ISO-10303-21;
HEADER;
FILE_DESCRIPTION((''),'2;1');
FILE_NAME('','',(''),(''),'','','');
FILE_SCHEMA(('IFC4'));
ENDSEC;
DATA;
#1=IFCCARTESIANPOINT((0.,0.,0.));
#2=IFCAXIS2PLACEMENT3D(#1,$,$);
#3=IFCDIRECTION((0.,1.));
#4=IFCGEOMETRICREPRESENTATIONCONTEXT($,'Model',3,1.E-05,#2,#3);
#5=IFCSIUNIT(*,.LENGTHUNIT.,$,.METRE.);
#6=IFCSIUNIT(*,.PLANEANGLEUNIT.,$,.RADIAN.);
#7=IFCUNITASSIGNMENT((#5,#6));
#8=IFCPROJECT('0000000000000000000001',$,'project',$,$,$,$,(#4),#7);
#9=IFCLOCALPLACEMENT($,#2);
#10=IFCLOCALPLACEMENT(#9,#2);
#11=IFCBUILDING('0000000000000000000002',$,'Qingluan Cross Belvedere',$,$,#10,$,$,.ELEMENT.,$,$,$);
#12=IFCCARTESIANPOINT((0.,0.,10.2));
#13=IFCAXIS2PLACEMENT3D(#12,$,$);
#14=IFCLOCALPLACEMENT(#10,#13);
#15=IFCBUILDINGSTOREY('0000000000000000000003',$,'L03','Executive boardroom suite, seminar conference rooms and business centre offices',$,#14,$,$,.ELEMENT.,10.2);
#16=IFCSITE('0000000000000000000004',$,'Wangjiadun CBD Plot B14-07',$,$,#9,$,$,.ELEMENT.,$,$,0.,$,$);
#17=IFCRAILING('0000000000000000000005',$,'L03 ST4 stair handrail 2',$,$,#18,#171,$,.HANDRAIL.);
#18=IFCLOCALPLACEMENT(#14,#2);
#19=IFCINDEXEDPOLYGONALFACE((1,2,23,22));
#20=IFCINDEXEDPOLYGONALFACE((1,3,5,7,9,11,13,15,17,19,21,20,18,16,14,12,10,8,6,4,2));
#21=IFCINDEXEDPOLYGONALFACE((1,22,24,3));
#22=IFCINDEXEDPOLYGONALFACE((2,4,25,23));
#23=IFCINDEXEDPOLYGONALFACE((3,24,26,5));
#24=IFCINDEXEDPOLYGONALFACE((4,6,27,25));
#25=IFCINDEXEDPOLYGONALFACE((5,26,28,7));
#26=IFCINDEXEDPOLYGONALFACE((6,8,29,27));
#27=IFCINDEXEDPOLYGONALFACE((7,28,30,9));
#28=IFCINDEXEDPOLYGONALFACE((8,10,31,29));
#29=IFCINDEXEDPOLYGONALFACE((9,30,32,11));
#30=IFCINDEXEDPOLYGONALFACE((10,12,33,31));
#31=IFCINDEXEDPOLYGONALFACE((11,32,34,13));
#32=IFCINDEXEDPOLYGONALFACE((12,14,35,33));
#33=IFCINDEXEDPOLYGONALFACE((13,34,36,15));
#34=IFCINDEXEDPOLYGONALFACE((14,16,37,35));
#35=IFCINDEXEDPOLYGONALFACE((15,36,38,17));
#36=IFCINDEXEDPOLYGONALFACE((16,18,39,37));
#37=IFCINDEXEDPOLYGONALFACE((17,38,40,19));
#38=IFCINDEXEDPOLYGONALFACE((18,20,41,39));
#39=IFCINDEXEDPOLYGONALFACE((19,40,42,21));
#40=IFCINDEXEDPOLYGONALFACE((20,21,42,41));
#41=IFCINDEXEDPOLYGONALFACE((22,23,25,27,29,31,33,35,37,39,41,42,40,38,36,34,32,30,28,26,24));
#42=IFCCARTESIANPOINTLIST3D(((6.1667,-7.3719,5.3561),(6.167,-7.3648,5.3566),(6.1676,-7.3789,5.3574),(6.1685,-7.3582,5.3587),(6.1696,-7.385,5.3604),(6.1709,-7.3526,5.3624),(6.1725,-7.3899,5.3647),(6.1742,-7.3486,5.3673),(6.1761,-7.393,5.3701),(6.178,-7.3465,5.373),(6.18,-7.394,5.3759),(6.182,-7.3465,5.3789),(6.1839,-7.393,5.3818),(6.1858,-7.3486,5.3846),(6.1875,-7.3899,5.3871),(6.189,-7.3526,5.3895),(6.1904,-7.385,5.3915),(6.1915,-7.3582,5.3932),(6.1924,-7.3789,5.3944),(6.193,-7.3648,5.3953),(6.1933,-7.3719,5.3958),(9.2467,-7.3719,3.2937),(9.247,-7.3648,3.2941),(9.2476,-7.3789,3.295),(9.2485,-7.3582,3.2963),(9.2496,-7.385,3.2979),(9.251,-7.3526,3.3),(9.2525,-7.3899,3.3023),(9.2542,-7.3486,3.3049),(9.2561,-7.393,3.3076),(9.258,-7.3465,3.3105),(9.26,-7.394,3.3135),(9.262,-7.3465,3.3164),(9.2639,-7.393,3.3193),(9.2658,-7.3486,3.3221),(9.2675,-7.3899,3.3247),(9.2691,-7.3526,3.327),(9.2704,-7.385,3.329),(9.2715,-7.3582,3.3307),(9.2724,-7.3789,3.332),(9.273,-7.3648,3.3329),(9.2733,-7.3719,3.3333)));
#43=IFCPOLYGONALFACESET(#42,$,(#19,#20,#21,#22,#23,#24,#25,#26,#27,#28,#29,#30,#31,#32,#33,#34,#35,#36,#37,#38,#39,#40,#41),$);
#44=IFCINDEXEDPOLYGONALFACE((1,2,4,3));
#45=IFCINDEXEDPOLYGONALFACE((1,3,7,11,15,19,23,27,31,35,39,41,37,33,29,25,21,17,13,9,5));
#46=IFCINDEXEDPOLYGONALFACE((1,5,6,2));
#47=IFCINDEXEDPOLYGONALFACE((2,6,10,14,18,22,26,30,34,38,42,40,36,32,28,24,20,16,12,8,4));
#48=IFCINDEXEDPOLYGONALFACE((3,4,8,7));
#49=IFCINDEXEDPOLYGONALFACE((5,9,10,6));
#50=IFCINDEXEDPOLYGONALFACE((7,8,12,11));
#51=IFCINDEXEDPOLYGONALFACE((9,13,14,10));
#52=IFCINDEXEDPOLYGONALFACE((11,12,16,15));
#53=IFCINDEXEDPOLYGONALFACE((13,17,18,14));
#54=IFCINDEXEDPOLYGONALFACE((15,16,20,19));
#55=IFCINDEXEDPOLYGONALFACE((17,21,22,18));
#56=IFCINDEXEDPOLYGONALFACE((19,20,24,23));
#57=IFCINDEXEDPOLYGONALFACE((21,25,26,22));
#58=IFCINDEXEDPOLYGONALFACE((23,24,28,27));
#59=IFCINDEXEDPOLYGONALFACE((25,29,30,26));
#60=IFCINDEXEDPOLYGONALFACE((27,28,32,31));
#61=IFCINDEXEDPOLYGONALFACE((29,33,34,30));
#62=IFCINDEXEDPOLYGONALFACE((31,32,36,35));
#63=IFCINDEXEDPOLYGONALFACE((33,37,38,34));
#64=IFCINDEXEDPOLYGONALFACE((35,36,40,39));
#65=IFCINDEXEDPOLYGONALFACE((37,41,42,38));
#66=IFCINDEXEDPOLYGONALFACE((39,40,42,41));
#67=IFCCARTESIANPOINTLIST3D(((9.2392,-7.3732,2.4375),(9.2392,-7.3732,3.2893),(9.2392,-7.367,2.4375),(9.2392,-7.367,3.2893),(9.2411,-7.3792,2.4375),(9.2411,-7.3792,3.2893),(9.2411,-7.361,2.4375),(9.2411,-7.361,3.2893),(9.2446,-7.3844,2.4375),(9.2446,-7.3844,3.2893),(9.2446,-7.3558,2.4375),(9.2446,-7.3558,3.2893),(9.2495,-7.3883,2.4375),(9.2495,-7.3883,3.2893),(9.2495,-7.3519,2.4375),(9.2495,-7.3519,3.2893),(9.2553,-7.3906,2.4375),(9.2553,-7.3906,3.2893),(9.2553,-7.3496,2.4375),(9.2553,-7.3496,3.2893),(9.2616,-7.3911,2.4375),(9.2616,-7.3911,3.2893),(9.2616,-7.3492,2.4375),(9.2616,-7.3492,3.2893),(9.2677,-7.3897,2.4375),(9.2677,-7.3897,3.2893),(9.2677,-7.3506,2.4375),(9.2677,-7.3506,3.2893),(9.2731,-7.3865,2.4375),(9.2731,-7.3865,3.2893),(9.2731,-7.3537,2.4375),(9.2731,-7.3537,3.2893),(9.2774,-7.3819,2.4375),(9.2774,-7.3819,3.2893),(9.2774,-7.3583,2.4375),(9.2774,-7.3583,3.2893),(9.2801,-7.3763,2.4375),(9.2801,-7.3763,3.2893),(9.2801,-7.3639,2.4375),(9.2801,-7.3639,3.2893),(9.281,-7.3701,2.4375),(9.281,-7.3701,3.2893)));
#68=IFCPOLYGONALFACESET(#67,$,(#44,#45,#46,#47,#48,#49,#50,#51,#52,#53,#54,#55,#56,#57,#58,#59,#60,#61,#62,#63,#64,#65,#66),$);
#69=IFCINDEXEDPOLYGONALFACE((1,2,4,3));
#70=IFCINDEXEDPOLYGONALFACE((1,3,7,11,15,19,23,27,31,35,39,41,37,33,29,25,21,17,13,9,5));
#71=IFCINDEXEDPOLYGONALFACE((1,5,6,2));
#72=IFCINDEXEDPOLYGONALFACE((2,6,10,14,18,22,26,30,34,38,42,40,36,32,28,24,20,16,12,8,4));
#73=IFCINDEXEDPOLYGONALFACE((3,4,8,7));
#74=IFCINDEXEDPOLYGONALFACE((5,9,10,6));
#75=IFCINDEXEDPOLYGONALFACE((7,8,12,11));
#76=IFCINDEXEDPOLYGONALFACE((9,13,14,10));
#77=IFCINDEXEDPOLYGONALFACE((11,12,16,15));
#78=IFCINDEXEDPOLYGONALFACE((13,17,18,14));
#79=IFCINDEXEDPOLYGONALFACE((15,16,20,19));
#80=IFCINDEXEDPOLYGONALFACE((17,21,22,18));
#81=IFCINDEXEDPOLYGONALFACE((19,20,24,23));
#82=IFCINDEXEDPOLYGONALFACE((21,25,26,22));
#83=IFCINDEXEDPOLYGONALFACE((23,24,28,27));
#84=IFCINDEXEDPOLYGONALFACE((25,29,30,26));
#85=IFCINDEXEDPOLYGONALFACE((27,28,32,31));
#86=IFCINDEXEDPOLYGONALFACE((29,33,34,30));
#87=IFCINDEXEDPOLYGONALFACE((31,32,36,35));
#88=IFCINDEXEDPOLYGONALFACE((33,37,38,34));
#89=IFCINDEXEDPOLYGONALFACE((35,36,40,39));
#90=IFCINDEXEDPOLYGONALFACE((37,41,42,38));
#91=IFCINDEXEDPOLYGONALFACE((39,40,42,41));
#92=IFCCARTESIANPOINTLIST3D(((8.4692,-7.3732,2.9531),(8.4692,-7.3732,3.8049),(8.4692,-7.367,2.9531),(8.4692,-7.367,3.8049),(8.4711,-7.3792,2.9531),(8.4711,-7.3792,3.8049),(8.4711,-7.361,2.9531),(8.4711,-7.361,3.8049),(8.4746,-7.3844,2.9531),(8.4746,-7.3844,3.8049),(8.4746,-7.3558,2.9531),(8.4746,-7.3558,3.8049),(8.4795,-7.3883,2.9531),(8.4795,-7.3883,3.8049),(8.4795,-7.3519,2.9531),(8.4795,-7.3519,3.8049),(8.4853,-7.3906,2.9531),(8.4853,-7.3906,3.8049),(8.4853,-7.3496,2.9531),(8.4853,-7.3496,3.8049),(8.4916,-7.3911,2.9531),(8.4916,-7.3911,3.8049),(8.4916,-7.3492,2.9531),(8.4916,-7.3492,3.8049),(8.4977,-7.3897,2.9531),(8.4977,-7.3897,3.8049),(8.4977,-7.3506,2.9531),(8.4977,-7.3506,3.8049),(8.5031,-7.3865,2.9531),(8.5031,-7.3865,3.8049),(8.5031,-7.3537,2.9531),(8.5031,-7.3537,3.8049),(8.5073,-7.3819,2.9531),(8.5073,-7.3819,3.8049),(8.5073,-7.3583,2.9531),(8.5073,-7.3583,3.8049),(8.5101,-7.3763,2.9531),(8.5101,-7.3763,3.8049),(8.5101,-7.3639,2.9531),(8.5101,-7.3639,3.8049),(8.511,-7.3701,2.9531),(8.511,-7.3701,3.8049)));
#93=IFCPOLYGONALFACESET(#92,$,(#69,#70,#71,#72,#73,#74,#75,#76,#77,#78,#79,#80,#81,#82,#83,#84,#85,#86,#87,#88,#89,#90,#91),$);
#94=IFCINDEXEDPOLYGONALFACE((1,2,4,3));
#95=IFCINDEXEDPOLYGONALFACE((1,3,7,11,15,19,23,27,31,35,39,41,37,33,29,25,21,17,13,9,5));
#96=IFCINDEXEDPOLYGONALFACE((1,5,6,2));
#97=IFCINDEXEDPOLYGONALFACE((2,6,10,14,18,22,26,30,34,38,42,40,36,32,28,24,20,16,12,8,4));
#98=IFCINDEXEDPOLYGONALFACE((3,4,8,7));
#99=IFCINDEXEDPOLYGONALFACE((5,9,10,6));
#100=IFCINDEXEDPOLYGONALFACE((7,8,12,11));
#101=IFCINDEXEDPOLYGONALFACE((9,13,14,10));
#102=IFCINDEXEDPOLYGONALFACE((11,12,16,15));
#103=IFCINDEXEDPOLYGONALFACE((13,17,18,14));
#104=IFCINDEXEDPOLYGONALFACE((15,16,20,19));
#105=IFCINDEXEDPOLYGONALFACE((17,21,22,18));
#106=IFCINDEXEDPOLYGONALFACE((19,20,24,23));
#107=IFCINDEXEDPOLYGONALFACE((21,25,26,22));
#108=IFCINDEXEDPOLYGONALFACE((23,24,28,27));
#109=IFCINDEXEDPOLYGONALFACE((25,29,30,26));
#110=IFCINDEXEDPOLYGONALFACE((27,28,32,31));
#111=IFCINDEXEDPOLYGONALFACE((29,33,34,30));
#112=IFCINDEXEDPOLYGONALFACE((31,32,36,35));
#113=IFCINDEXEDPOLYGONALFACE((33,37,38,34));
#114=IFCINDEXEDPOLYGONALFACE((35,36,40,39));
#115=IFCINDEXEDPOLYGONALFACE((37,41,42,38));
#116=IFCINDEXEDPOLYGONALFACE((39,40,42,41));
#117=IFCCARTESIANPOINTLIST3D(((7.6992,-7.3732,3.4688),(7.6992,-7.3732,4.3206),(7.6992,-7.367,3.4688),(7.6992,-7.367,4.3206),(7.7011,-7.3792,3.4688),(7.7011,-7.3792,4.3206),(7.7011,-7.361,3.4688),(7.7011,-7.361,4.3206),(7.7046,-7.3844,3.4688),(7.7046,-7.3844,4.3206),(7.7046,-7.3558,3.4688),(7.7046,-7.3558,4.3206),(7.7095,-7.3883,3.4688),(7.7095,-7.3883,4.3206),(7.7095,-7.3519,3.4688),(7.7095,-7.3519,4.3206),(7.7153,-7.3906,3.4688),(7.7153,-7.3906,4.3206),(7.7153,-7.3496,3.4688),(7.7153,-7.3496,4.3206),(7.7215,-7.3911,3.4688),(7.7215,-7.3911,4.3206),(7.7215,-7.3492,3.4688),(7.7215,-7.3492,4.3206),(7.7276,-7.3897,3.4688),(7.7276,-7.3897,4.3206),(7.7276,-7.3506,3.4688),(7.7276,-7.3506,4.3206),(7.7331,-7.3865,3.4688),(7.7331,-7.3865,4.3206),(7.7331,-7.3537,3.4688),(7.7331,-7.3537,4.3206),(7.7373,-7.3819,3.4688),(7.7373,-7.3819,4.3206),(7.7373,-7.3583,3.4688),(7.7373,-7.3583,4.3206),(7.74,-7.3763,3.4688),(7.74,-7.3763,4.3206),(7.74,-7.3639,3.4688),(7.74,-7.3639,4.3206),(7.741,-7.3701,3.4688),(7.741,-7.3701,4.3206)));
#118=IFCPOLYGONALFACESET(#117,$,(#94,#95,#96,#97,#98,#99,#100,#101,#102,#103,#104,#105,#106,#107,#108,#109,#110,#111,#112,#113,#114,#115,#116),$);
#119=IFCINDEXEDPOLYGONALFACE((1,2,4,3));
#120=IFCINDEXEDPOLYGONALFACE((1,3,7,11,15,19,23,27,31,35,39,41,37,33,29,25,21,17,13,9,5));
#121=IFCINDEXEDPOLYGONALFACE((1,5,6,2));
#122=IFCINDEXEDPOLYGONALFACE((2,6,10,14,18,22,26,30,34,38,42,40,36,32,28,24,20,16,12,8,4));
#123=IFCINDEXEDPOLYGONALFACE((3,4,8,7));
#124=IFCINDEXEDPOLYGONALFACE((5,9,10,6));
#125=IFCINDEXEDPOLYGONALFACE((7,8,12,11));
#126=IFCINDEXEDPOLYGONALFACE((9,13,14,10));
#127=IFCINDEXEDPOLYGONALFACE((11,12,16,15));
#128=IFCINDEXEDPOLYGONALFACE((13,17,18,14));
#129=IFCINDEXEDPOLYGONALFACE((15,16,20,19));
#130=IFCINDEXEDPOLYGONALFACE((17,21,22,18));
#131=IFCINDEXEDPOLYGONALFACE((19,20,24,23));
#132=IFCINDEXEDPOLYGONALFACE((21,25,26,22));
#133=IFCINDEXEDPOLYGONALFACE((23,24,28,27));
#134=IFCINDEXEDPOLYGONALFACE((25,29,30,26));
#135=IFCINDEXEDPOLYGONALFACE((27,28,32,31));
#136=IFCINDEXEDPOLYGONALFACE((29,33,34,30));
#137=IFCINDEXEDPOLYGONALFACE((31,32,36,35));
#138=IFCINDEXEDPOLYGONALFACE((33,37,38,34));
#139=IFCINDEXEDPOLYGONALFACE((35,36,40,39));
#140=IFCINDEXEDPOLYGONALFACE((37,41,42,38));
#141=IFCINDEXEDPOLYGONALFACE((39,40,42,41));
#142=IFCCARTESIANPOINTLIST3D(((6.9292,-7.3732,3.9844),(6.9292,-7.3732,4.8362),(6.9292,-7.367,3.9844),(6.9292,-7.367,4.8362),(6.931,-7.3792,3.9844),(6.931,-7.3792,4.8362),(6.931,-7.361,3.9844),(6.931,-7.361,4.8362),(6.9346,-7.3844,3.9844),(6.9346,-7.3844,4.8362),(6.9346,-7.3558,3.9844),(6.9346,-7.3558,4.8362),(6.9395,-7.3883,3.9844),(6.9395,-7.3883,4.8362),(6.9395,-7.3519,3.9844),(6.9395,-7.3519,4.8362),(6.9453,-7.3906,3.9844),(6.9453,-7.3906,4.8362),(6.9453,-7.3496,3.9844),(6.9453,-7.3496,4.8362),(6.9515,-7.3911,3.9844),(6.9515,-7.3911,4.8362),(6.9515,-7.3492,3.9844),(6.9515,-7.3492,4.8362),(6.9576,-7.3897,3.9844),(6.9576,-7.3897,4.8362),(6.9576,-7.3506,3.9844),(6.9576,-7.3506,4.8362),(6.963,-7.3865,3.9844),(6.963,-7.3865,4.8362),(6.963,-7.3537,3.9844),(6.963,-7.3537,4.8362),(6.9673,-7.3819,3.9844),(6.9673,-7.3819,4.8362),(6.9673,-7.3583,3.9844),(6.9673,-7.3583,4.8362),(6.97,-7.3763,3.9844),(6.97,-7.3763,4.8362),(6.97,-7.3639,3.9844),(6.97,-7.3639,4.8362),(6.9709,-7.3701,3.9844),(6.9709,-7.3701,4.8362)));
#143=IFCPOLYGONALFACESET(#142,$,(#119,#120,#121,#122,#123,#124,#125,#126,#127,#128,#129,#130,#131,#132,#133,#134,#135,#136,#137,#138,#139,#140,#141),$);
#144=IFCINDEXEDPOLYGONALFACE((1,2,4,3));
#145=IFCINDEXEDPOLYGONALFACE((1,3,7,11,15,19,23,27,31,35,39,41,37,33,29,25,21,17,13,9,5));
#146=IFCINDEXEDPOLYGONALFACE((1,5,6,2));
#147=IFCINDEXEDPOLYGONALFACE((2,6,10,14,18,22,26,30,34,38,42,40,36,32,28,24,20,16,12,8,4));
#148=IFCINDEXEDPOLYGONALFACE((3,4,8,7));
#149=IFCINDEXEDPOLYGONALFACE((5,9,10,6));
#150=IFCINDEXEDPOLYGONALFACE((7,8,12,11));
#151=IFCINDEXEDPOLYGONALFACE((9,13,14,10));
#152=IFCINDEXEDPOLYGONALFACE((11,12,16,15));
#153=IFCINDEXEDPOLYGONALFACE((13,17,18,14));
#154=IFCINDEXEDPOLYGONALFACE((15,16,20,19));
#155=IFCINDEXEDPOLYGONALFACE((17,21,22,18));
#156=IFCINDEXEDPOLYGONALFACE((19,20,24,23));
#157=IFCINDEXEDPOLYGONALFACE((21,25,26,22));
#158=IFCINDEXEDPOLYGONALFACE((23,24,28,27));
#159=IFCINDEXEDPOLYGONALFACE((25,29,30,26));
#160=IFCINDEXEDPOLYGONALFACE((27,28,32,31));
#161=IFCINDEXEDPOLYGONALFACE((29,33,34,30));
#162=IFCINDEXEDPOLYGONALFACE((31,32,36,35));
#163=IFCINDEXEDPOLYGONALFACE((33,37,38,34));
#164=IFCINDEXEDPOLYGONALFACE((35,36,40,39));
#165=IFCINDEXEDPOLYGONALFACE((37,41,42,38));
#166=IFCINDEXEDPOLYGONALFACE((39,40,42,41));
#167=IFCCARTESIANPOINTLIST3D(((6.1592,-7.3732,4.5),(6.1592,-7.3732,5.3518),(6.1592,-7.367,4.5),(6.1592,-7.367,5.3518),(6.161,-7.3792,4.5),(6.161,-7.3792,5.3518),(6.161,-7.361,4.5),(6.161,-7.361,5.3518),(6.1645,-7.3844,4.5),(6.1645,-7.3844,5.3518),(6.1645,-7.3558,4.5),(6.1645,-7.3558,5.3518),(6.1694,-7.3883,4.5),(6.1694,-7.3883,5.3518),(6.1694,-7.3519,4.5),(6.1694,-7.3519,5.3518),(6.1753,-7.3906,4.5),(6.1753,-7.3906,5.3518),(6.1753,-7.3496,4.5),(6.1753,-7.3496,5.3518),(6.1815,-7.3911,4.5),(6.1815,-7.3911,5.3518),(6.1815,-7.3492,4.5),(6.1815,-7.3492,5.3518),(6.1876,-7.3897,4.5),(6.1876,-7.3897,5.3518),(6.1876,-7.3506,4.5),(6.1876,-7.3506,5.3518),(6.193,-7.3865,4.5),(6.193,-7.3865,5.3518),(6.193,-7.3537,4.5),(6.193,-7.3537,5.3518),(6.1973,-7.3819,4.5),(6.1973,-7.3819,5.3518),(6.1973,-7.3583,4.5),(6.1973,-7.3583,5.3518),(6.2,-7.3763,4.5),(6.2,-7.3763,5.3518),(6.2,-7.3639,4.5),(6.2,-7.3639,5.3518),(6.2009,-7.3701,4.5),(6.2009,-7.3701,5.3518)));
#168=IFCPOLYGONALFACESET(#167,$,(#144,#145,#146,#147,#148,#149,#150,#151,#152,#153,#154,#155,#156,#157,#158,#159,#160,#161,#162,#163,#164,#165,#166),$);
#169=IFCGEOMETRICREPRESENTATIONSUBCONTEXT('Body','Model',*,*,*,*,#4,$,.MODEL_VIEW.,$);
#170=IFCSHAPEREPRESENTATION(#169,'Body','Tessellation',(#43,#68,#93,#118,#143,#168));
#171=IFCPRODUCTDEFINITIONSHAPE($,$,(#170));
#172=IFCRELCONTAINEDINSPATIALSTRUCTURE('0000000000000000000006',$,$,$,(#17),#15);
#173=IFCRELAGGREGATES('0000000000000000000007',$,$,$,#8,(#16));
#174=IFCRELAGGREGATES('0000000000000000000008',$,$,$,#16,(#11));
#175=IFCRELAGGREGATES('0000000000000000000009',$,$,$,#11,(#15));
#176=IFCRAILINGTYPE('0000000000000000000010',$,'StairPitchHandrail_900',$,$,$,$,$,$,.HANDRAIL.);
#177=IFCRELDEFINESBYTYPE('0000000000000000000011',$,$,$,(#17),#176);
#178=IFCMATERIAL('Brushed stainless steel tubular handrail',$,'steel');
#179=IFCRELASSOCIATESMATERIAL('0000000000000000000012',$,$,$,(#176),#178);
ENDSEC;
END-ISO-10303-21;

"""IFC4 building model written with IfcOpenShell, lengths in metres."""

from ifc_helpers import new_model, si_unit, direction, frame, origin, origin_2d, place, context, subcontext, project, spatial, circle, extrude, material, type_object, element, save


model = new_model("IFC4")

# Units and contexts
model_context = context("Model", 3, precision=1e-05, world=origin(), true_north=direction((0.0, 1.0)))
body_context = subcontext(model_context, "Body", "Model", "MODEL_VIEW")
ifc_project = project(units=[si_unit("LENGTHUNIT", "METRE"), si_unit("PLANEANGLEUNIT", "RADIAN")], contexts=[model_context])

# Site, building, storey
site_placement = place(None, origin())
site = spatial("IfcSite", under=ifc_project, at=site_placement, Name="Wangjiadun CBD Plot B14-07", CompositionType="ELEMENT", RefElevation=0.0)
building_placement = place(site_placement, origin())
building = spatial("IfcBuilding", under=site, at=building_placement, Name="Qingluan Cross Belvedere", CompositionType="ELEMENT")
storey_placement = place(building_placement, frame((0.0, 0.0, 10.2)))
storey = spatial("IfcBuildingStorey", under=building, at=storey_placement, Name="L03", Description="Executive boardroom suite, seminar conference rooms and business centre offices", CompositionType="ELEMENT", Elevation=10.2)

# Railing
ifc_material_1 = material(Name="Brushed stainless steel tubular handrail", Category="steel")
railing_type_1 = type_object("IfcRailingType", Name="StairPitchHandrail_900", PredefinedType="HANDRAIL", material=ifc_material_1)
railing_1_placement = place(storey_placement, frame((9.26, -7.3701, 2.4375)))
element("IfcRailing", 1, at=railing_1_placement, inside=storey, type_object=railing_type_1, Name="L03 ST4 stair handrail 2", PredefinedType="HANDRAIL", context=body_context, shape_type="SweptSolid", body=[
    extrude(circle(Radius=0.0239, at=origin_2d()), frame((0.0, 0.0, 0.876), z_axis=(-0.830914, 0.0, 0.556401), x_axis=(0.0, -1.0, 0.0)), (0.0, 0.0, 1.0), 3.7068),
    extrude(circle(Radius=0.021, at=origin_2d()), origin(), (0.0, 0.0, 1.0), 0.8518),
    extrude(circle(Radius=0.021, at=origin_2d()), frame((-0.77, 0.0, 0.5156)), (0.0, 0.0, 1.0), 0.8518),
    extrude(circle(Radius=0.021, at=origin_2d()), frame((-1.54, 0.0, 1.0312)), (0.0, 0.0, 1.0), 0.8518),
    extrude(circle(Radius=0.021, at=origin_2d()), frame((-2.3101, 0.0, 1.5469)), (0.0, 0.0, 1.0), 0.8518),
    extrude(circle(Radius=0.021, at=origin_2d()), frame((-3.0801, 0.0, 2.0625)), (0.0, 0.0, 1.0), 0.8518),
])

save(model, "model.ifc")
